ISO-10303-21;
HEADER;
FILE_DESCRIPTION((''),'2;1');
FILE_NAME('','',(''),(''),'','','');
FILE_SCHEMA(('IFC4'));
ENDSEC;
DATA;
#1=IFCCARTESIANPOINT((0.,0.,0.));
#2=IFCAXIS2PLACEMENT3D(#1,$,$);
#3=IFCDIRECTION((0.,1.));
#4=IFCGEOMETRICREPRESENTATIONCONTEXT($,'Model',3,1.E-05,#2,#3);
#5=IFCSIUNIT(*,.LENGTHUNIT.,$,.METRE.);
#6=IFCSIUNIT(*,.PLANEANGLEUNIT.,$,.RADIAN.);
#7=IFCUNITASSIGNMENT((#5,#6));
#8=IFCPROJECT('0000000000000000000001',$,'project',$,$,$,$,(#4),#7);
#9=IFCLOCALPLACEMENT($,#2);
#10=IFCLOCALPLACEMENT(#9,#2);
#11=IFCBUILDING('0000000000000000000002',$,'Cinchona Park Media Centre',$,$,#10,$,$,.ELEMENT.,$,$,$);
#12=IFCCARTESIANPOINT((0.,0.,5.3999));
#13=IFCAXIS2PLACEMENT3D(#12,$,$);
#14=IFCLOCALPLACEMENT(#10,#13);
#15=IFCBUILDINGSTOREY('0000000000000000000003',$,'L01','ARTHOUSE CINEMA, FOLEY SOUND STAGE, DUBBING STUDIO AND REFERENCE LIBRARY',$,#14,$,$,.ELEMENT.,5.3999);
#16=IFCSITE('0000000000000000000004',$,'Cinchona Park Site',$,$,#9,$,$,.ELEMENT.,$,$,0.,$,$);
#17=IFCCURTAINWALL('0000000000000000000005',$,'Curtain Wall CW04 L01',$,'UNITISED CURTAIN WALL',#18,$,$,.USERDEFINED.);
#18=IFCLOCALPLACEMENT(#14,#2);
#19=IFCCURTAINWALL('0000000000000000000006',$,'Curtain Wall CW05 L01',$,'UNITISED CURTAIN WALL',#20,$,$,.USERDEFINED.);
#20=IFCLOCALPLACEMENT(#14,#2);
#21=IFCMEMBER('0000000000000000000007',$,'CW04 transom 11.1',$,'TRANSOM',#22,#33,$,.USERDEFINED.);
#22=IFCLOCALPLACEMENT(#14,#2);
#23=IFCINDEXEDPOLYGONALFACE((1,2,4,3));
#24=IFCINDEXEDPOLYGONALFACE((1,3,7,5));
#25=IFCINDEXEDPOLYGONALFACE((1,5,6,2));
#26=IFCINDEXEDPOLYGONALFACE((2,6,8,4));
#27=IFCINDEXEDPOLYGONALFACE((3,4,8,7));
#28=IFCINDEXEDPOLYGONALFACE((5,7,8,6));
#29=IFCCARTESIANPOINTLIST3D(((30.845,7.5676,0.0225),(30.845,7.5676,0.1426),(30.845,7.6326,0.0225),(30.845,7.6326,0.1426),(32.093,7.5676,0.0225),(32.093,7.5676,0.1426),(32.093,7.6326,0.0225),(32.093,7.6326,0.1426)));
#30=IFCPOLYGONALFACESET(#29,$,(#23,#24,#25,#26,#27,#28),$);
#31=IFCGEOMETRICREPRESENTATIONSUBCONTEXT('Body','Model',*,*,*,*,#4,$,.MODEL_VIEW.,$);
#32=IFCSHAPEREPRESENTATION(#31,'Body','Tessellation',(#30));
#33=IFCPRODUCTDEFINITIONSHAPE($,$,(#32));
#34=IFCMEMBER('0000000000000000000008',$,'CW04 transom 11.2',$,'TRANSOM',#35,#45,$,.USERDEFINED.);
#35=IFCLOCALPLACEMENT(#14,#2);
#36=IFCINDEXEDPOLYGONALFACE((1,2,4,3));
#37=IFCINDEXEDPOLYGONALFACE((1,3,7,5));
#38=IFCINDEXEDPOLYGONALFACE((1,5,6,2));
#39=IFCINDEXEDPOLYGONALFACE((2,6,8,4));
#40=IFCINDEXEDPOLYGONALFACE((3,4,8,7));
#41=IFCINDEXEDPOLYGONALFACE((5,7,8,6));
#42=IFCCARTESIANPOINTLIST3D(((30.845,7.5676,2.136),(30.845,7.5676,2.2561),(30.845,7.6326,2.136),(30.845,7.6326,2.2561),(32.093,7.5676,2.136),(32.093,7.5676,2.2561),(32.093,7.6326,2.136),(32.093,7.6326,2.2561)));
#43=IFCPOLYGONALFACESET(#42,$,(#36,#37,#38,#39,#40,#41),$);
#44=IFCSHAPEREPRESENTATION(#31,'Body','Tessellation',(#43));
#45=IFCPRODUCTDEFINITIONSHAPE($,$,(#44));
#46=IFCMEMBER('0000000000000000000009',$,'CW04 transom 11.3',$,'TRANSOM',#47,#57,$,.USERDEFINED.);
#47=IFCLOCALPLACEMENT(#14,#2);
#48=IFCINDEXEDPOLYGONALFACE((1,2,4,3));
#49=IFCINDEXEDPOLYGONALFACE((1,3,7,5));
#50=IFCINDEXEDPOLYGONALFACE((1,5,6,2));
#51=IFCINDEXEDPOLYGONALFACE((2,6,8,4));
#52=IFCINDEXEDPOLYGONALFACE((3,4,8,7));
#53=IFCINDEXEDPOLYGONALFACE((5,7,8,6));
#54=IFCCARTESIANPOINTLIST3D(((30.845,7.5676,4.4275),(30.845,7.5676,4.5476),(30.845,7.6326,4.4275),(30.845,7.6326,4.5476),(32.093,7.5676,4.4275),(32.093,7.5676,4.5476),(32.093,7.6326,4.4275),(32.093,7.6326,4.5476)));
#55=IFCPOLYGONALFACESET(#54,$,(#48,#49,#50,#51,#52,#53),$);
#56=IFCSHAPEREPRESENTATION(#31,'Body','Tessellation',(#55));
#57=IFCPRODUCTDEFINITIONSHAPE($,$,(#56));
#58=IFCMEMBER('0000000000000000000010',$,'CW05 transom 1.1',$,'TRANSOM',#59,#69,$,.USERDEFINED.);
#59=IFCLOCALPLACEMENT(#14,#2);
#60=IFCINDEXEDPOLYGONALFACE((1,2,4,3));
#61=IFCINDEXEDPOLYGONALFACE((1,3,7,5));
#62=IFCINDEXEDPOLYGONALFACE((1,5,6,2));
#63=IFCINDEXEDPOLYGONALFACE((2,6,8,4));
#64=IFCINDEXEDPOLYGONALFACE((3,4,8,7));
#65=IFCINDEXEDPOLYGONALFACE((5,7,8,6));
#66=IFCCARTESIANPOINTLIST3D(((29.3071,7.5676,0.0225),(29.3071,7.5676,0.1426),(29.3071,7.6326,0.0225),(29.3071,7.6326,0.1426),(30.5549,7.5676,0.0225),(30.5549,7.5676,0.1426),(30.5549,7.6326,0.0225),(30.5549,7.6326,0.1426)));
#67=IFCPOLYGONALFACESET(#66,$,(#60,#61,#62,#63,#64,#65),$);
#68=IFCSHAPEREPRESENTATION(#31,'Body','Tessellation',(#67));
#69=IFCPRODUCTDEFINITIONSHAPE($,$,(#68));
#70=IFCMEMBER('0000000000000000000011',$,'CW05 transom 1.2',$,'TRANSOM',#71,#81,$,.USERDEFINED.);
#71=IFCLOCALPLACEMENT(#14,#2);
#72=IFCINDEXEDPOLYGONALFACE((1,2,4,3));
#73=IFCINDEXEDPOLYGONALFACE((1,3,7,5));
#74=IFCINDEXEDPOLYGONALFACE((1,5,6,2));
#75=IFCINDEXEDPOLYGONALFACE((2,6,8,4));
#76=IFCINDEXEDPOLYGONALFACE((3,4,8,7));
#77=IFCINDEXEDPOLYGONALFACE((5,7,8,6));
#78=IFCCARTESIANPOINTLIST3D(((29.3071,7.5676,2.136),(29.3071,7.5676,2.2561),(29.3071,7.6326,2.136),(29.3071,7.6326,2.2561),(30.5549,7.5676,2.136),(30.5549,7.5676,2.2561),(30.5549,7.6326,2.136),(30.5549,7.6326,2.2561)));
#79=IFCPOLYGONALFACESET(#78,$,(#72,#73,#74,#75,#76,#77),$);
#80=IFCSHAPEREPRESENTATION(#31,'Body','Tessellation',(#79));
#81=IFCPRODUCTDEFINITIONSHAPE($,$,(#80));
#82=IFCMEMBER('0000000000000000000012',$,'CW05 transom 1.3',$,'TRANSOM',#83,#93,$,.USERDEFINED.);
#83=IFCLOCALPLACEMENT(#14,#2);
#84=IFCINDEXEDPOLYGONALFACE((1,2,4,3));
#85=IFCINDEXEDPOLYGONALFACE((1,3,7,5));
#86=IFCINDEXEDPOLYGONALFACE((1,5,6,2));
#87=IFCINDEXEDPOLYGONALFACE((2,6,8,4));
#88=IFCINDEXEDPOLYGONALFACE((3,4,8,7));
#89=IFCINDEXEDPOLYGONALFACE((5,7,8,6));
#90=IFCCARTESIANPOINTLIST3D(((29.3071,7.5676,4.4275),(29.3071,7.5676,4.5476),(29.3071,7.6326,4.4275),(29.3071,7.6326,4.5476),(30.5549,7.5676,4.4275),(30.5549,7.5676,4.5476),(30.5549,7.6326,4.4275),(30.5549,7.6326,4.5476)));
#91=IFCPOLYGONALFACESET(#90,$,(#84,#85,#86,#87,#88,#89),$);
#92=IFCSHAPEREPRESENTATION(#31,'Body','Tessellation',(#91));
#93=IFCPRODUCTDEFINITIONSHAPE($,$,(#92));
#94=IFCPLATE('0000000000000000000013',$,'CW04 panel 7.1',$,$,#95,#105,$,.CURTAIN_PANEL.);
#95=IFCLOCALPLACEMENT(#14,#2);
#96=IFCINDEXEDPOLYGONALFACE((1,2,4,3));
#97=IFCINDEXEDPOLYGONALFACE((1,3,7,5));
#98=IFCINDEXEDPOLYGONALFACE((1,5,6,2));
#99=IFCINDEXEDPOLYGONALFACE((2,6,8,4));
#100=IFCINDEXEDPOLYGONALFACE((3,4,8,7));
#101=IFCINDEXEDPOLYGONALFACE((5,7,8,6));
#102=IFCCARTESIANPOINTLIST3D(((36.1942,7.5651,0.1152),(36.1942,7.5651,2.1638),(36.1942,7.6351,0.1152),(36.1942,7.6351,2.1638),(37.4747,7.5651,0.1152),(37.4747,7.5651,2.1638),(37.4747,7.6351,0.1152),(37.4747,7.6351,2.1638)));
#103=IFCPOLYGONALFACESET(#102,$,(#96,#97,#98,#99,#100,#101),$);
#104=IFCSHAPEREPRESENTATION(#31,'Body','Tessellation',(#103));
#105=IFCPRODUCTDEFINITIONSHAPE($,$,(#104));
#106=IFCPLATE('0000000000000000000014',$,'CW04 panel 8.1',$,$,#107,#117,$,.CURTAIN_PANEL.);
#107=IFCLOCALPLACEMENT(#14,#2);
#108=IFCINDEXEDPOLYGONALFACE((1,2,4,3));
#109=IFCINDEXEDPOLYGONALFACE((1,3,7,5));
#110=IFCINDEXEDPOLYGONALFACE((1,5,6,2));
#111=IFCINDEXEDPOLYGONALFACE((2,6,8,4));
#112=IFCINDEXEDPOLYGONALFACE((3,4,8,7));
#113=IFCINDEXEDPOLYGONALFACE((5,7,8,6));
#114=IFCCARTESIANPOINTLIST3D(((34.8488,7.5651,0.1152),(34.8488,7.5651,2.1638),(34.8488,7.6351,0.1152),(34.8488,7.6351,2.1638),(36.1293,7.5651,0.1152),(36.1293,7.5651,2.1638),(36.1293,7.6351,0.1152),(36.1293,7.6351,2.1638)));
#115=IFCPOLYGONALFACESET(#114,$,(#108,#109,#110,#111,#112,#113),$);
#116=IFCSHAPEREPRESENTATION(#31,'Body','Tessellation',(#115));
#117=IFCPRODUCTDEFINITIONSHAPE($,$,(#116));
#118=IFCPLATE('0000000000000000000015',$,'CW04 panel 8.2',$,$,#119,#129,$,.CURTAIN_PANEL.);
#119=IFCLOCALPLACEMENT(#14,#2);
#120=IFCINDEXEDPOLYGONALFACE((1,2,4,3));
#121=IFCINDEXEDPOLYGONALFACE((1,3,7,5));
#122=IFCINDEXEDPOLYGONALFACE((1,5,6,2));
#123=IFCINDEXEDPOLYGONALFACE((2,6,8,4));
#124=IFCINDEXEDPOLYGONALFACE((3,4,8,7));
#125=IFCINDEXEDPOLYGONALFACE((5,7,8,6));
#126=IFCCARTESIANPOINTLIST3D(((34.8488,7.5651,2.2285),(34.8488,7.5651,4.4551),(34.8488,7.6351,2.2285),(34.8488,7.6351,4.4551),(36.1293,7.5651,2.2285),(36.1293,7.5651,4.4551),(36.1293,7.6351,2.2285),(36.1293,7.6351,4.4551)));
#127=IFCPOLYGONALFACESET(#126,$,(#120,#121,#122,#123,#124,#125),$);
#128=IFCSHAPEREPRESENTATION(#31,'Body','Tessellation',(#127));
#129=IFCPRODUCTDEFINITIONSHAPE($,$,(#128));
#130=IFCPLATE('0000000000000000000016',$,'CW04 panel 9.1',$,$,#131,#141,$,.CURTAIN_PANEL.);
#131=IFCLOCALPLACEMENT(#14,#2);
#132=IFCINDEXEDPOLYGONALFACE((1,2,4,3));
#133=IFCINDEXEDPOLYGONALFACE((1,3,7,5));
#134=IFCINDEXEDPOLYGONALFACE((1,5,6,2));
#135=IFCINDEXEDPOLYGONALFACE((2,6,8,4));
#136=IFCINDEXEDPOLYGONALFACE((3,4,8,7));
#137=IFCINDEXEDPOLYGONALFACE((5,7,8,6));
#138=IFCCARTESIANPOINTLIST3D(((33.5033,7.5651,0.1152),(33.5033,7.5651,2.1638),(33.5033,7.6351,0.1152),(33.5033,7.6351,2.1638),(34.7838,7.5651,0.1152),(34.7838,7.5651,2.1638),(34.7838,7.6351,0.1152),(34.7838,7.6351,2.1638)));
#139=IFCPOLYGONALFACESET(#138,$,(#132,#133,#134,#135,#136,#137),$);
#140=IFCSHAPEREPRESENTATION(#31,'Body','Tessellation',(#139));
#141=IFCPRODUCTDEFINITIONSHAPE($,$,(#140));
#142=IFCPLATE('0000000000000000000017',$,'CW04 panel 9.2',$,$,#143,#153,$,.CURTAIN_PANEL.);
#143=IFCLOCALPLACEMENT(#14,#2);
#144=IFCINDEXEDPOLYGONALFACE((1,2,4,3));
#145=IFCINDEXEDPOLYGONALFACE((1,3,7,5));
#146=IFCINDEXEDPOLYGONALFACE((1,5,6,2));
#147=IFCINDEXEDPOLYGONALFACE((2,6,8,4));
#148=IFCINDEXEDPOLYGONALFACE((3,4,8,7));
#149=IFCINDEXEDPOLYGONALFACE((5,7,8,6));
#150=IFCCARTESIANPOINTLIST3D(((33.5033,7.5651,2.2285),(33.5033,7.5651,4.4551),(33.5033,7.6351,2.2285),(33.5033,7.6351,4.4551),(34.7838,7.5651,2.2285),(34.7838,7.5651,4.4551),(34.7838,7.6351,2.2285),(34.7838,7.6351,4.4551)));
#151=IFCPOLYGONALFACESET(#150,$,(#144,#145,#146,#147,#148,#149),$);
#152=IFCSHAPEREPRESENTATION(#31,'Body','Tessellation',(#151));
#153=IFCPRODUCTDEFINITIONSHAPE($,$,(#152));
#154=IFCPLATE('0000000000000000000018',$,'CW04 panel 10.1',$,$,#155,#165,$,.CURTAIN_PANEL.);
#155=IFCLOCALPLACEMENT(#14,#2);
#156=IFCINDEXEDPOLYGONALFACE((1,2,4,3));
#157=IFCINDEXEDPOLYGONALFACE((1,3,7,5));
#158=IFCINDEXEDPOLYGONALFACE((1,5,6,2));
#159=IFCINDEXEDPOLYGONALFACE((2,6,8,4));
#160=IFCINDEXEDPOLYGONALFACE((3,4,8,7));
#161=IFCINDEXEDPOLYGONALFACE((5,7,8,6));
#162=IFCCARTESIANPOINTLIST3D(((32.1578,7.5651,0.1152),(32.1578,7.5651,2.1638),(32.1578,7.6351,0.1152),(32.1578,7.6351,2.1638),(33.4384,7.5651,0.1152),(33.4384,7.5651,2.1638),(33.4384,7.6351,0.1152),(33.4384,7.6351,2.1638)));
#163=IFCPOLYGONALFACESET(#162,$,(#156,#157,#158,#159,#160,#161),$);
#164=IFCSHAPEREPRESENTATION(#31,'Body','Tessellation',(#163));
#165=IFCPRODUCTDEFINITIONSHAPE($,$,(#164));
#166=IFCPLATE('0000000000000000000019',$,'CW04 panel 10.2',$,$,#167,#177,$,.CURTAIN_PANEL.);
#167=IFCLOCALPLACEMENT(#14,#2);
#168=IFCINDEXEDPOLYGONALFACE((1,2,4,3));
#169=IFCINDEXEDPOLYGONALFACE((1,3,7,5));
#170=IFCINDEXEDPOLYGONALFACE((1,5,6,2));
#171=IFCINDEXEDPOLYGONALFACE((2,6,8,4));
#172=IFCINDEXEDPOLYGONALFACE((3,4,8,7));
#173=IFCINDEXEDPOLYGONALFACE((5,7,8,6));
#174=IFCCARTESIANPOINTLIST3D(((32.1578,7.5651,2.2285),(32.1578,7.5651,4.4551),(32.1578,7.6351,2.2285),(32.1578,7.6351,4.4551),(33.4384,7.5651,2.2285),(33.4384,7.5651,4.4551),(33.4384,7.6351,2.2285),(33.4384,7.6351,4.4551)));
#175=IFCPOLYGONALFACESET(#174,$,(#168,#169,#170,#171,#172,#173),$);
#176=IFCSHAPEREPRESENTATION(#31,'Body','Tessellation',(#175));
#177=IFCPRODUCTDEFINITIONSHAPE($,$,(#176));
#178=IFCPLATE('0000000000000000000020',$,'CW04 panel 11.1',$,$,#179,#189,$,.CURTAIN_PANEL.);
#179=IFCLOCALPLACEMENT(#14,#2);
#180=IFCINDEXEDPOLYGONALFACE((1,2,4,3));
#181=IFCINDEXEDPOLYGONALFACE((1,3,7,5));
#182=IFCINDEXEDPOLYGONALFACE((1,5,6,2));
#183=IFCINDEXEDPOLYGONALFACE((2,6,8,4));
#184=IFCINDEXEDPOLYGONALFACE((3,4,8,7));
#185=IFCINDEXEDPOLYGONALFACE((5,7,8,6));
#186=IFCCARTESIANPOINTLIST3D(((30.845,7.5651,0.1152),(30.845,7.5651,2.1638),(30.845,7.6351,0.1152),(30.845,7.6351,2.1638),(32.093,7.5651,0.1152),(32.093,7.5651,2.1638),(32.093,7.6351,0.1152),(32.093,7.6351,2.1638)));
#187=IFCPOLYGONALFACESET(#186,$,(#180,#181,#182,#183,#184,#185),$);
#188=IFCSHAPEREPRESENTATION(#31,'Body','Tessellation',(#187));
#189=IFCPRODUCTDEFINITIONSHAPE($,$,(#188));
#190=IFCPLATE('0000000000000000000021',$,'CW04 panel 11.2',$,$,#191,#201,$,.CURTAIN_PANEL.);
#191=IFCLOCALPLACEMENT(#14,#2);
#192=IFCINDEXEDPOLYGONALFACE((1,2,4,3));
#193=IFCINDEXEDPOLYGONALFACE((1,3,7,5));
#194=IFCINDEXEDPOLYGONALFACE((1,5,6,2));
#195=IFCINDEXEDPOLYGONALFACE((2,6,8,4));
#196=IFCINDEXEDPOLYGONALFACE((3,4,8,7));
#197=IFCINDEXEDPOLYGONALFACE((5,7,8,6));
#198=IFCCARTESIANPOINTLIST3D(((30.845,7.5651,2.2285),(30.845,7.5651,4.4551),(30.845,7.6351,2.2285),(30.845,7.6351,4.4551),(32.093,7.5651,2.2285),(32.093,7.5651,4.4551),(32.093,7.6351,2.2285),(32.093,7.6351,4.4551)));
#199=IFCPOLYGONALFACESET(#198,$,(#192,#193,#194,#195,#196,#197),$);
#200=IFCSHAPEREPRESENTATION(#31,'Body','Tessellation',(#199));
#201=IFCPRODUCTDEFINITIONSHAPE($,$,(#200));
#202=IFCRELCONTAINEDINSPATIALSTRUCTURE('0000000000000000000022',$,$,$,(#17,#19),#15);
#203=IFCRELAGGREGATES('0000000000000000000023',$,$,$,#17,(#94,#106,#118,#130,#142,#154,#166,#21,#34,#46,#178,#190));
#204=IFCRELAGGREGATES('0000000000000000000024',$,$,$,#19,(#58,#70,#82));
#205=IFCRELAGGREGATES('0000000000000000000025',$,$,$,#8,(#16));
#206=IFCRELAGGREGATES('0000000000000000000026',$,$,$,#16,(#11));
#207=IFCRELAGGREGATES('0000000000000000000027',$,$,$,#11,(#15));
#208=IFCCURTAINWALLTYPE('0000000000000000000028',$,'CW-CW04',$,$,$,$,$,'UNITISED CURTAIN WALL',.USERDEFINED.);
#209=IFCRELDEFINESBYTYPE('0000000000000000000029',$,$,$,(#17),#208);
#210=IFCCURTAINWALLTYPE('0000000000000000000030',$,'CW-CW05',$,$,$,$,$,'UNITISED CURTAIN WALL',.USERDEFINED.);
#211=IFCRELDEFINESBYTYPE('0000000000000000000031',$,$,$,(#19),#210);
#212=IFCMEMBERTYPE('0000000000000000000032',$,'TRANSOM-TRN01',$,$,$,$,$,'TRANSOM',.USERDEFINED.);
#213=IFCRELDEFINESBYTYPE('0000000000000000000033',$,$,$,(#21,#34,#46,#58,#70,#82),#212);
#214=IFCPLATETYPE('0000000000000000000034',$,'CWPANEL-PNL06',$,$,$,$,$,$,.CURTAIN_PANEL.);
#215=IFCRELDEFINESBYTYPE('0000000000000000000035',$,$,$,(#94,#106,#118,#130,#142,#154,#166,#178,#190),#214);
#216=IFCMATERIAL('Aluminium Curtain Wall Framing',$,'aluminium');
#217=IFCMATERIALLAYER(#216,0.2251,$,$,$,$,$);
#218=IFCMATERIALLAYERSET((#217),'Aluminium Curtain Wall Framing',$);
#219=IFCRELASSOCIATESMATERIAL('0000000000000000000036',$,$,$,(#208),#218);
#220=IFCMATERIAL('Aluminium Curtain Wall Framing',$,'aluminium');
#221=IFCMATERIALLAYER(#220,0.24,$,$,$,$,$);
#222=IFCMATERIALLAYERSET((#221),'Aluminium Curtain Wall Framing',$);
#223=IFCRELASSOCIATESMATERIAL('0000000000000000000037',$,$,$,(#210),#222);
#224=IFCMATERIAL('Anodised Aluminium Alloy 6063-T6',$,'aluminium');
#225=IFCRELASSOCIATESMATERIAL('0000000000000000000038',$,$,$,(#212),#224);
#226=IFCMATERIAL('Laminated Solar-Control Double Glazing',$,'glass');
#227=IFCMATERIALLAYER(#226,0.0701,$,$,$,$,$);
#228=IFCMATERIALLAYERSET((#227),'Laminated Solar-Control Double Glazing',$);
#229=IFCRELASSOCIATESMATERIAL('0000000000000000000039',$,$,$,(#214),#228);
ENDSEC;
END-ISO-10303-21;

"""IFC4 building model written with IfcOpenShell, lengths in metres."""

from ifc_helpers import new_model, si_unit, direction, frame, origin, origin_2d, place, context, subcontext, project, spatial, rectangle, extrude, material, layer, layer_set, material_profile, profile_set, type_object, element, aggregate, save


model = new_model("IFC4")

# Units and contexts
model_context = context("Model", 3, precision=1e-05, world=origin(), true_north=direction((0.0, 1.0)))
body_context = subcontext(model_context, "Body", "Model", "MODEL_VIEW")
ifc_project = project(units=[si_unit("LENGTHUNIT", "METRE"), si_unit("PLANEANGLEUNIT", "RADIAN")], contexts=[model_context])

# Site, building, storey
site_placement = place(None, origin())
site = spatial("IfcSite", under=ifc_project, at=site_placement, Name="Cinchona Park Site", CompositionType="ELEMENT", RefElevation=0.0)
building_placement = place(site_placement, origin())
building = spatial("IfcBuilding", under=site, at=building_placement, Name="Cinchona Park Media Centre", CompositionType="ELEMENT")
storey_placement = place(building_placement, frame((0.0, 0.0, 5.3999)))
storey = spatial("IfcBuildingStorey", under=building, at=storey_placement, Name="L01", Description="ARTHOUSE CINEMA, FOLEY SOUND STAGE, DUBBING STUDIO AND REFERENCE LIBRARY", CompositionType="ELEMENT", Elevation=5.3999)

# Curtain wall
ifc_material_1 = material(Name="Aluminium Curtain Wall Framing", Category="aluminium")
ifc_layer_1 = layer(ifc_material_1, 0.2251)
ifc_layer_set_1 = layer_set([ifc_layer_1], Name="Aluminium Curtain Wall Framing")
curtain_wall_type_1 = type_object("IfcCurtainWallType", Name="CW-CW04", ElementType="UNITISED CURTAIN WALL", PredefinedType="USERDEFINED", material=ifc_layer_set_1)
curtain_wall_1_placement = place(storey_placement, origin())
curtain_wall_1 = element("IfcCurtainWall", 1, at=curtain_wall_1_placement, inside=storey, type_object=curtain_wall_type_1, Name="Curtain Wall CW04 L01", ObjectType="UNITISED CURTAIN WALL", PredefinedType="USERDEFINED")

# Curtain wall
ifc_material_2 = material(Name="Aluminium Curtain Wall Framing", Category="aluminium")
ifc_layer_2 = layer(ifc_material_2, 0.24)
ifc_layer_set_2 = layer_set([ifc_layer_2], Name="Aluminium Curtain Wall Framing")
curtain_wall_type_2 = type_object("IfcCurtainWallType", Name="CW-CW05", ElementType="UNITISED CURTAIN WALL", PredefinedType="USERDEFINED", material=ifc_layer_set_2)
curtain_wall_2_placement = place(storey_placement, origin())
curtain_wall_2 = element("IfcCurtainWall", 2, at=curtain_wall_2_placement, inside=storey, type_object=curtain_wall_type_2, Name="Curtain Wall CW05 L01", ObjectType="UNITISED CURTAIN WALL", PredefinedType="USERDEFINED")

# Members
ifc_material_3 = material(Name="Anodised Aluminium Alloy 6063-T6", Category="aluminium")
ifc_material_profile_1 = material_profile(ifc_material_3, rectangle(XDim=0.0649, YDim=0.1201, at=origin_2d()), Name="TRN-65X120")
ifc_profile_set_1 = profile_set([ifc_material_profile_1], Name="Anodised Aluminium Alloy 6063-T6")
member_type_1 = type_object("IfcMemberType", Name="TRANSOM-TRN01", ElementType="TRANSOM", PredefinedType="USERDEFINED", material=ifc_profile_set_1)
member_1_placement = place(storey_placement, frame((32.093, 7.6001, 0.0825), z_axis=(-1.0, 0.0, 0.0), x_axis=(0.0, -1.0, 0.0)))
member_1 = element("IfcMember", 3, at=member_1_placement, type_object=member_type_1, Name="CW04 transom 11.1", ObjectType="TRANSOM", PredefinedType="USERDEFINED", context=body_context, shape_type="SweptSolid", body=[
    extrude(rectangle(XDim=0.0649, YDim=0.1201, at=origin_2d()), origin(), (0.0, 0.0, 1.0), 1.248),
])
member_2_placement = place(storey_placement, frame((32.093, 7.6001, 2.196), z_axis=(-1.0, 0.0, 0.0), x_axis=(0.0, -1.0, 0.0)))
member_2 = element("IfcMember", 4, at=member_2_placement, type_object=member_type_1, Name="CW04 transom 11.2", ObjectType="TRANSOM", PredefinedType="USERDEFINED", context=body_context, shape_type="SweptSolid", body=[
    extrude(rectangle(XDim=0.0649, YDim=0.1201, at=origin_2d()), origin(), (0.0, 0.0, 1.0), 1.248),
])
member_3_placement = place(storey_placement, frame((32.093, 7.6001, 4.4875), z_axis=(-1.0, 0.0, 0.0), x_axis=(0.0, -1.0, 0.0)))
member_3 = element("IfcMember", 5, at=member_3_placement, type_object=member_type_1, Name="CW04 transom 11.3", ObjectType="TRANSOM", PredefinedType="USERDEFINED", context=body_context, shape_type="SweptSolid", body=[
    extrude(rectangle(XDim=0.0649, YDim=0.1201, at=origin_2d()), origin(), (0.0, 0.0, 1.0), 1.248),
])
member_4_placement = place(storey_placement, frame((30.5549, 7.6001, 0.0825), z_axis=(-1.0, 0.0, 0.0), x_axis=(0.0, -1.0, 0.0)))
member_4 = element("IfcMember", 6, at=member_4_placement, type_object=member_type_1, Name="CW05 transom 1.1", ObjectType="TRANSOM", PredefinedType="USERDEFINED", context=body_context, shape_type="SweptSolid", body=[
    extrude(rectangle(XDim=0.0649, YDim=0.1201, at=origin_2d()), origin(), (0.0, 0.0, 1.0), 1.2478),
])
member_5_placement = place(storey_placement, frame((30.5549, 7.6001, 2.196), z_axis=(-1.0, 0.0, 0.0), x_axis=(0.0, -1.0, 0.0)))
member_5 = element("IfcMember", 7, at=member_5_placement, type_object=member_type_1, Name="CW05 transom 1.2", ObjectType="TRANSOM", PredefinedType="USERDEFINED", context=body_context, shape_type="SweptSolid", body=[
    extrude(rectangle(XDim=0.0649, YDim=0.1201, at=origin_2d()), origin(), (0.0, 0.0, 1.0), 1.2478),
])
member_6_placement = place(storey_placement, frame((30.5549, 7.6001, 4.4875), z_axis=(-1.0, 0.0, 0.0), x_axis=(0.0, -1.0, 0.0)))
member_6 = element("IfcMember", 8, at=member_6_placement, type_object=member_type_1, Name="CW05 transom 1.3", ObjectType="TRANSOM", PredefinedType="USERDEFINED", context=body_context, shape_type="SweptSolid", body=[
    extrude(rectangle(XDim=0.0649, YDim=0.1201, at=origin_2d()), origin(), (0.0, 0.0, 1.0), 1.2478),
])

# Plates
ifc_material_4 = material(Name="Laminated Solar-Control Double Glazing", Category="glass")
ifc_layer_3 = layer(ifc_material_4, 0.0701)
ifc_layer_set_3 = layer_set([ifc_layer_3], Name="Laminated Solar-Control Double Glazing")
plate_type_1 = type_object("IfcPlateType", Name="CWPANEL-PNL06", PredefinedType="CURTAIN_PANEL", material=ifc_layer_set_3)
plate_1_placement = place(storey_placement, frame((36.8345, 7.6001, 0.1152), z_axis=(0.0, 0.0, 1.0), x_axis=(-1.0, 0.0, 0.0)))
plate_1 = element("IfcPlate", 9, at=plate_1_placement, type_object=plate_type_1, Name="CW04 panel 7.1", PredefinedType="CURTAIN_PANEL", context=body_context, shape_type="SweptSolid", body=[
    extrude(rectangle(XDim=1.2805, YDim=0.0701, at=origin_2d()), origin(), (0.0, 0.0, 1.0), 2.0486),
])
plate_2_placement = place(storey_placement, frame((35.489, 7.6001, 0.1152), z_axis=(0.0, 0.0, 1.0), x_axis=(-1.0, 0.0, 0.0)))
plate_2 = element("IfcPlate", 10, at=plate_2_placement, type_object=plate_type_1, Name="CW04 panel 8.1", PredefinedType="CURTAIN_PANEL", context=body_context, shape_type="SweptSolid", body=[
    extrude(rectangle(XDim=1.2805, YDim=0.0701, at=origin_2d()), origin(), (0.0, 0.0, 1.0), 2.0486),
])
plate_3_placement = place(storey_placement, frame((35.489, 7.6001, 2.2285), z_axis=(0.0, 0.0, 1.0), x_axis=(-1.0, 0.0, 0.0)))
plate_3 = element("IfcPlate", 11, at=plate_3_placement, type_object=plate_type_1, Name="CW04 panel 8.2", PredefinedType="CURTAIN_PANEL", context=body_context, shape_type="SweptSolid", body=[
    extrude(rectangle(XDim=1.2805, YDim=0.0701, at=origin_2d()), origin(), (0.0, 0.0, 1.0), 2.2266),
])
plate_4_placement = place(storey_placement, frame((34.1436, 7.6001, 0.1152), z_axis=(0.0, 0.0, 1.0), x_axis=(-1.0, 0.0, 0.0)))
plate_4 = element("IfcPlate", 12, at=plate_4_placement, type_object=plate_type_1, Name="CW04 panel 9.1", PredefinedType="CURTAIN_PANEL", context=body_context, shape_type="SweptSolid", body=[
    extrude(rectangle(XDim=1.2805, YDim=0.0701, at=origin_2d()), origin(), (0.0, 0.0, 1.0), 2.0486),
])
plate_5_placement = place(storey_placement, frame((34.1436, 7.6001, 2.2285), z_axis=(0.0, 0.0, 1.0), x_axis=(-1.0, 0.0, 0.0)))
plate_5 = element("IfcPlate", 13, at=plate_5_placement, type_object=plate_type_1, Name="CW04 panel 9.2", PredefinedType="CURTAIN_PANEL", context=body_context, shape_type="SweptSolid", body=[
    extrude(rectangle(XDim=1.2805, YDim=0.0701, at=origin_2d()), origin(), (0.0, 0.0, 1.0), 2.2266),
])
plate_6_placement = place(storey_placement, frame((32.7981, 7.6001, 0.1152), z_axis=(0.0, 0.0, 1.0), x_axis=(-1.0, 0.0, 0.0)))
plate_6 = element("IfcPlate", 14, at=plate_6_placement, type_object=plate_type_1, Name="CW04 panel 10.1", PredefinedType="CURTAIN_PANEL", context=body_context, shape_type="SweptSolid", body=[
    extrude(rectangle(XDim=1.2805, YDim=0.0701, at=origin_2d()), origin(), (0.0, 0.0, 1.0), 2.0486),
])
plate_7_placement = place(storey_placement, frame((32.7981, 7.6001, 2.2285), z_axis=(0.0, 0.0, 1.0), x_axis=(-1.0, 0.0, 0.0)))
plate_7 = element("IfcPlate", 15, at=plate_7_placement, type_object=plate_type_1, Name="CW04 panel 10.2", PredefinedType="CURTAIN_PANEL", context=body_context, shape_type="SweptSolid", body=[
    extrude(rectangle(XDim=1.2805, YDim=0.0701, at=origin_2d()), origin(), (0.0, 0.0, 1.0), 2.2266),
])
plate_8_placement = place(storey_placement, frame((31.469, 7.6001, 0.1152), z_axis=(0.0, 0.0, 1.0), x_axis=(-1.0, 0.0, 0.0)))
plate_8 = element("IfcPlate", 16, at=plate_8_placement, type_object=plate_type_1, Name="CW04 panel 11.1", PredefinedType="CURTAIN_PANEL", context=body_context, shape_type="SweptSolid", body=[
    extrude(rectangle(XDim=1.248, YDim=0.0701, at=origin_2d()), origin(), (0.0, 0.0, 1.0), 2.0486),
])
plate_9_placement = place(storey_placement, frame((31.469, 7.6001, 2.2285), z_axis=(0.0, 0.0, 1.0), x_axis=(-1.0, 0.0, 0.0)))
plate_9 = element("IfcPlate", 17, at=plate_9_placement, type_object=plate_type_1, Name="CW04 panel 11.2", PredefinedType="CURTAIN_PANEL", context=body_context, shape_type="SweptSolid", body=[
    extrude(rectangle(XDim=1.248, YDim=0.0701, at=origin_2d()), origin(), (0.0, 0.0, 1.0), 2.2266),
])
aggregate(curtain_wall_1, [plate_1, plate_2, plate_3, plate_4, plate_5, plate_6, plate_7, member_1, member_2, member_3, plate_8, plate_9])
aggregate(curtain_wall_2, [member_4, member_5, member_6])

save(model, "model.ifc")
